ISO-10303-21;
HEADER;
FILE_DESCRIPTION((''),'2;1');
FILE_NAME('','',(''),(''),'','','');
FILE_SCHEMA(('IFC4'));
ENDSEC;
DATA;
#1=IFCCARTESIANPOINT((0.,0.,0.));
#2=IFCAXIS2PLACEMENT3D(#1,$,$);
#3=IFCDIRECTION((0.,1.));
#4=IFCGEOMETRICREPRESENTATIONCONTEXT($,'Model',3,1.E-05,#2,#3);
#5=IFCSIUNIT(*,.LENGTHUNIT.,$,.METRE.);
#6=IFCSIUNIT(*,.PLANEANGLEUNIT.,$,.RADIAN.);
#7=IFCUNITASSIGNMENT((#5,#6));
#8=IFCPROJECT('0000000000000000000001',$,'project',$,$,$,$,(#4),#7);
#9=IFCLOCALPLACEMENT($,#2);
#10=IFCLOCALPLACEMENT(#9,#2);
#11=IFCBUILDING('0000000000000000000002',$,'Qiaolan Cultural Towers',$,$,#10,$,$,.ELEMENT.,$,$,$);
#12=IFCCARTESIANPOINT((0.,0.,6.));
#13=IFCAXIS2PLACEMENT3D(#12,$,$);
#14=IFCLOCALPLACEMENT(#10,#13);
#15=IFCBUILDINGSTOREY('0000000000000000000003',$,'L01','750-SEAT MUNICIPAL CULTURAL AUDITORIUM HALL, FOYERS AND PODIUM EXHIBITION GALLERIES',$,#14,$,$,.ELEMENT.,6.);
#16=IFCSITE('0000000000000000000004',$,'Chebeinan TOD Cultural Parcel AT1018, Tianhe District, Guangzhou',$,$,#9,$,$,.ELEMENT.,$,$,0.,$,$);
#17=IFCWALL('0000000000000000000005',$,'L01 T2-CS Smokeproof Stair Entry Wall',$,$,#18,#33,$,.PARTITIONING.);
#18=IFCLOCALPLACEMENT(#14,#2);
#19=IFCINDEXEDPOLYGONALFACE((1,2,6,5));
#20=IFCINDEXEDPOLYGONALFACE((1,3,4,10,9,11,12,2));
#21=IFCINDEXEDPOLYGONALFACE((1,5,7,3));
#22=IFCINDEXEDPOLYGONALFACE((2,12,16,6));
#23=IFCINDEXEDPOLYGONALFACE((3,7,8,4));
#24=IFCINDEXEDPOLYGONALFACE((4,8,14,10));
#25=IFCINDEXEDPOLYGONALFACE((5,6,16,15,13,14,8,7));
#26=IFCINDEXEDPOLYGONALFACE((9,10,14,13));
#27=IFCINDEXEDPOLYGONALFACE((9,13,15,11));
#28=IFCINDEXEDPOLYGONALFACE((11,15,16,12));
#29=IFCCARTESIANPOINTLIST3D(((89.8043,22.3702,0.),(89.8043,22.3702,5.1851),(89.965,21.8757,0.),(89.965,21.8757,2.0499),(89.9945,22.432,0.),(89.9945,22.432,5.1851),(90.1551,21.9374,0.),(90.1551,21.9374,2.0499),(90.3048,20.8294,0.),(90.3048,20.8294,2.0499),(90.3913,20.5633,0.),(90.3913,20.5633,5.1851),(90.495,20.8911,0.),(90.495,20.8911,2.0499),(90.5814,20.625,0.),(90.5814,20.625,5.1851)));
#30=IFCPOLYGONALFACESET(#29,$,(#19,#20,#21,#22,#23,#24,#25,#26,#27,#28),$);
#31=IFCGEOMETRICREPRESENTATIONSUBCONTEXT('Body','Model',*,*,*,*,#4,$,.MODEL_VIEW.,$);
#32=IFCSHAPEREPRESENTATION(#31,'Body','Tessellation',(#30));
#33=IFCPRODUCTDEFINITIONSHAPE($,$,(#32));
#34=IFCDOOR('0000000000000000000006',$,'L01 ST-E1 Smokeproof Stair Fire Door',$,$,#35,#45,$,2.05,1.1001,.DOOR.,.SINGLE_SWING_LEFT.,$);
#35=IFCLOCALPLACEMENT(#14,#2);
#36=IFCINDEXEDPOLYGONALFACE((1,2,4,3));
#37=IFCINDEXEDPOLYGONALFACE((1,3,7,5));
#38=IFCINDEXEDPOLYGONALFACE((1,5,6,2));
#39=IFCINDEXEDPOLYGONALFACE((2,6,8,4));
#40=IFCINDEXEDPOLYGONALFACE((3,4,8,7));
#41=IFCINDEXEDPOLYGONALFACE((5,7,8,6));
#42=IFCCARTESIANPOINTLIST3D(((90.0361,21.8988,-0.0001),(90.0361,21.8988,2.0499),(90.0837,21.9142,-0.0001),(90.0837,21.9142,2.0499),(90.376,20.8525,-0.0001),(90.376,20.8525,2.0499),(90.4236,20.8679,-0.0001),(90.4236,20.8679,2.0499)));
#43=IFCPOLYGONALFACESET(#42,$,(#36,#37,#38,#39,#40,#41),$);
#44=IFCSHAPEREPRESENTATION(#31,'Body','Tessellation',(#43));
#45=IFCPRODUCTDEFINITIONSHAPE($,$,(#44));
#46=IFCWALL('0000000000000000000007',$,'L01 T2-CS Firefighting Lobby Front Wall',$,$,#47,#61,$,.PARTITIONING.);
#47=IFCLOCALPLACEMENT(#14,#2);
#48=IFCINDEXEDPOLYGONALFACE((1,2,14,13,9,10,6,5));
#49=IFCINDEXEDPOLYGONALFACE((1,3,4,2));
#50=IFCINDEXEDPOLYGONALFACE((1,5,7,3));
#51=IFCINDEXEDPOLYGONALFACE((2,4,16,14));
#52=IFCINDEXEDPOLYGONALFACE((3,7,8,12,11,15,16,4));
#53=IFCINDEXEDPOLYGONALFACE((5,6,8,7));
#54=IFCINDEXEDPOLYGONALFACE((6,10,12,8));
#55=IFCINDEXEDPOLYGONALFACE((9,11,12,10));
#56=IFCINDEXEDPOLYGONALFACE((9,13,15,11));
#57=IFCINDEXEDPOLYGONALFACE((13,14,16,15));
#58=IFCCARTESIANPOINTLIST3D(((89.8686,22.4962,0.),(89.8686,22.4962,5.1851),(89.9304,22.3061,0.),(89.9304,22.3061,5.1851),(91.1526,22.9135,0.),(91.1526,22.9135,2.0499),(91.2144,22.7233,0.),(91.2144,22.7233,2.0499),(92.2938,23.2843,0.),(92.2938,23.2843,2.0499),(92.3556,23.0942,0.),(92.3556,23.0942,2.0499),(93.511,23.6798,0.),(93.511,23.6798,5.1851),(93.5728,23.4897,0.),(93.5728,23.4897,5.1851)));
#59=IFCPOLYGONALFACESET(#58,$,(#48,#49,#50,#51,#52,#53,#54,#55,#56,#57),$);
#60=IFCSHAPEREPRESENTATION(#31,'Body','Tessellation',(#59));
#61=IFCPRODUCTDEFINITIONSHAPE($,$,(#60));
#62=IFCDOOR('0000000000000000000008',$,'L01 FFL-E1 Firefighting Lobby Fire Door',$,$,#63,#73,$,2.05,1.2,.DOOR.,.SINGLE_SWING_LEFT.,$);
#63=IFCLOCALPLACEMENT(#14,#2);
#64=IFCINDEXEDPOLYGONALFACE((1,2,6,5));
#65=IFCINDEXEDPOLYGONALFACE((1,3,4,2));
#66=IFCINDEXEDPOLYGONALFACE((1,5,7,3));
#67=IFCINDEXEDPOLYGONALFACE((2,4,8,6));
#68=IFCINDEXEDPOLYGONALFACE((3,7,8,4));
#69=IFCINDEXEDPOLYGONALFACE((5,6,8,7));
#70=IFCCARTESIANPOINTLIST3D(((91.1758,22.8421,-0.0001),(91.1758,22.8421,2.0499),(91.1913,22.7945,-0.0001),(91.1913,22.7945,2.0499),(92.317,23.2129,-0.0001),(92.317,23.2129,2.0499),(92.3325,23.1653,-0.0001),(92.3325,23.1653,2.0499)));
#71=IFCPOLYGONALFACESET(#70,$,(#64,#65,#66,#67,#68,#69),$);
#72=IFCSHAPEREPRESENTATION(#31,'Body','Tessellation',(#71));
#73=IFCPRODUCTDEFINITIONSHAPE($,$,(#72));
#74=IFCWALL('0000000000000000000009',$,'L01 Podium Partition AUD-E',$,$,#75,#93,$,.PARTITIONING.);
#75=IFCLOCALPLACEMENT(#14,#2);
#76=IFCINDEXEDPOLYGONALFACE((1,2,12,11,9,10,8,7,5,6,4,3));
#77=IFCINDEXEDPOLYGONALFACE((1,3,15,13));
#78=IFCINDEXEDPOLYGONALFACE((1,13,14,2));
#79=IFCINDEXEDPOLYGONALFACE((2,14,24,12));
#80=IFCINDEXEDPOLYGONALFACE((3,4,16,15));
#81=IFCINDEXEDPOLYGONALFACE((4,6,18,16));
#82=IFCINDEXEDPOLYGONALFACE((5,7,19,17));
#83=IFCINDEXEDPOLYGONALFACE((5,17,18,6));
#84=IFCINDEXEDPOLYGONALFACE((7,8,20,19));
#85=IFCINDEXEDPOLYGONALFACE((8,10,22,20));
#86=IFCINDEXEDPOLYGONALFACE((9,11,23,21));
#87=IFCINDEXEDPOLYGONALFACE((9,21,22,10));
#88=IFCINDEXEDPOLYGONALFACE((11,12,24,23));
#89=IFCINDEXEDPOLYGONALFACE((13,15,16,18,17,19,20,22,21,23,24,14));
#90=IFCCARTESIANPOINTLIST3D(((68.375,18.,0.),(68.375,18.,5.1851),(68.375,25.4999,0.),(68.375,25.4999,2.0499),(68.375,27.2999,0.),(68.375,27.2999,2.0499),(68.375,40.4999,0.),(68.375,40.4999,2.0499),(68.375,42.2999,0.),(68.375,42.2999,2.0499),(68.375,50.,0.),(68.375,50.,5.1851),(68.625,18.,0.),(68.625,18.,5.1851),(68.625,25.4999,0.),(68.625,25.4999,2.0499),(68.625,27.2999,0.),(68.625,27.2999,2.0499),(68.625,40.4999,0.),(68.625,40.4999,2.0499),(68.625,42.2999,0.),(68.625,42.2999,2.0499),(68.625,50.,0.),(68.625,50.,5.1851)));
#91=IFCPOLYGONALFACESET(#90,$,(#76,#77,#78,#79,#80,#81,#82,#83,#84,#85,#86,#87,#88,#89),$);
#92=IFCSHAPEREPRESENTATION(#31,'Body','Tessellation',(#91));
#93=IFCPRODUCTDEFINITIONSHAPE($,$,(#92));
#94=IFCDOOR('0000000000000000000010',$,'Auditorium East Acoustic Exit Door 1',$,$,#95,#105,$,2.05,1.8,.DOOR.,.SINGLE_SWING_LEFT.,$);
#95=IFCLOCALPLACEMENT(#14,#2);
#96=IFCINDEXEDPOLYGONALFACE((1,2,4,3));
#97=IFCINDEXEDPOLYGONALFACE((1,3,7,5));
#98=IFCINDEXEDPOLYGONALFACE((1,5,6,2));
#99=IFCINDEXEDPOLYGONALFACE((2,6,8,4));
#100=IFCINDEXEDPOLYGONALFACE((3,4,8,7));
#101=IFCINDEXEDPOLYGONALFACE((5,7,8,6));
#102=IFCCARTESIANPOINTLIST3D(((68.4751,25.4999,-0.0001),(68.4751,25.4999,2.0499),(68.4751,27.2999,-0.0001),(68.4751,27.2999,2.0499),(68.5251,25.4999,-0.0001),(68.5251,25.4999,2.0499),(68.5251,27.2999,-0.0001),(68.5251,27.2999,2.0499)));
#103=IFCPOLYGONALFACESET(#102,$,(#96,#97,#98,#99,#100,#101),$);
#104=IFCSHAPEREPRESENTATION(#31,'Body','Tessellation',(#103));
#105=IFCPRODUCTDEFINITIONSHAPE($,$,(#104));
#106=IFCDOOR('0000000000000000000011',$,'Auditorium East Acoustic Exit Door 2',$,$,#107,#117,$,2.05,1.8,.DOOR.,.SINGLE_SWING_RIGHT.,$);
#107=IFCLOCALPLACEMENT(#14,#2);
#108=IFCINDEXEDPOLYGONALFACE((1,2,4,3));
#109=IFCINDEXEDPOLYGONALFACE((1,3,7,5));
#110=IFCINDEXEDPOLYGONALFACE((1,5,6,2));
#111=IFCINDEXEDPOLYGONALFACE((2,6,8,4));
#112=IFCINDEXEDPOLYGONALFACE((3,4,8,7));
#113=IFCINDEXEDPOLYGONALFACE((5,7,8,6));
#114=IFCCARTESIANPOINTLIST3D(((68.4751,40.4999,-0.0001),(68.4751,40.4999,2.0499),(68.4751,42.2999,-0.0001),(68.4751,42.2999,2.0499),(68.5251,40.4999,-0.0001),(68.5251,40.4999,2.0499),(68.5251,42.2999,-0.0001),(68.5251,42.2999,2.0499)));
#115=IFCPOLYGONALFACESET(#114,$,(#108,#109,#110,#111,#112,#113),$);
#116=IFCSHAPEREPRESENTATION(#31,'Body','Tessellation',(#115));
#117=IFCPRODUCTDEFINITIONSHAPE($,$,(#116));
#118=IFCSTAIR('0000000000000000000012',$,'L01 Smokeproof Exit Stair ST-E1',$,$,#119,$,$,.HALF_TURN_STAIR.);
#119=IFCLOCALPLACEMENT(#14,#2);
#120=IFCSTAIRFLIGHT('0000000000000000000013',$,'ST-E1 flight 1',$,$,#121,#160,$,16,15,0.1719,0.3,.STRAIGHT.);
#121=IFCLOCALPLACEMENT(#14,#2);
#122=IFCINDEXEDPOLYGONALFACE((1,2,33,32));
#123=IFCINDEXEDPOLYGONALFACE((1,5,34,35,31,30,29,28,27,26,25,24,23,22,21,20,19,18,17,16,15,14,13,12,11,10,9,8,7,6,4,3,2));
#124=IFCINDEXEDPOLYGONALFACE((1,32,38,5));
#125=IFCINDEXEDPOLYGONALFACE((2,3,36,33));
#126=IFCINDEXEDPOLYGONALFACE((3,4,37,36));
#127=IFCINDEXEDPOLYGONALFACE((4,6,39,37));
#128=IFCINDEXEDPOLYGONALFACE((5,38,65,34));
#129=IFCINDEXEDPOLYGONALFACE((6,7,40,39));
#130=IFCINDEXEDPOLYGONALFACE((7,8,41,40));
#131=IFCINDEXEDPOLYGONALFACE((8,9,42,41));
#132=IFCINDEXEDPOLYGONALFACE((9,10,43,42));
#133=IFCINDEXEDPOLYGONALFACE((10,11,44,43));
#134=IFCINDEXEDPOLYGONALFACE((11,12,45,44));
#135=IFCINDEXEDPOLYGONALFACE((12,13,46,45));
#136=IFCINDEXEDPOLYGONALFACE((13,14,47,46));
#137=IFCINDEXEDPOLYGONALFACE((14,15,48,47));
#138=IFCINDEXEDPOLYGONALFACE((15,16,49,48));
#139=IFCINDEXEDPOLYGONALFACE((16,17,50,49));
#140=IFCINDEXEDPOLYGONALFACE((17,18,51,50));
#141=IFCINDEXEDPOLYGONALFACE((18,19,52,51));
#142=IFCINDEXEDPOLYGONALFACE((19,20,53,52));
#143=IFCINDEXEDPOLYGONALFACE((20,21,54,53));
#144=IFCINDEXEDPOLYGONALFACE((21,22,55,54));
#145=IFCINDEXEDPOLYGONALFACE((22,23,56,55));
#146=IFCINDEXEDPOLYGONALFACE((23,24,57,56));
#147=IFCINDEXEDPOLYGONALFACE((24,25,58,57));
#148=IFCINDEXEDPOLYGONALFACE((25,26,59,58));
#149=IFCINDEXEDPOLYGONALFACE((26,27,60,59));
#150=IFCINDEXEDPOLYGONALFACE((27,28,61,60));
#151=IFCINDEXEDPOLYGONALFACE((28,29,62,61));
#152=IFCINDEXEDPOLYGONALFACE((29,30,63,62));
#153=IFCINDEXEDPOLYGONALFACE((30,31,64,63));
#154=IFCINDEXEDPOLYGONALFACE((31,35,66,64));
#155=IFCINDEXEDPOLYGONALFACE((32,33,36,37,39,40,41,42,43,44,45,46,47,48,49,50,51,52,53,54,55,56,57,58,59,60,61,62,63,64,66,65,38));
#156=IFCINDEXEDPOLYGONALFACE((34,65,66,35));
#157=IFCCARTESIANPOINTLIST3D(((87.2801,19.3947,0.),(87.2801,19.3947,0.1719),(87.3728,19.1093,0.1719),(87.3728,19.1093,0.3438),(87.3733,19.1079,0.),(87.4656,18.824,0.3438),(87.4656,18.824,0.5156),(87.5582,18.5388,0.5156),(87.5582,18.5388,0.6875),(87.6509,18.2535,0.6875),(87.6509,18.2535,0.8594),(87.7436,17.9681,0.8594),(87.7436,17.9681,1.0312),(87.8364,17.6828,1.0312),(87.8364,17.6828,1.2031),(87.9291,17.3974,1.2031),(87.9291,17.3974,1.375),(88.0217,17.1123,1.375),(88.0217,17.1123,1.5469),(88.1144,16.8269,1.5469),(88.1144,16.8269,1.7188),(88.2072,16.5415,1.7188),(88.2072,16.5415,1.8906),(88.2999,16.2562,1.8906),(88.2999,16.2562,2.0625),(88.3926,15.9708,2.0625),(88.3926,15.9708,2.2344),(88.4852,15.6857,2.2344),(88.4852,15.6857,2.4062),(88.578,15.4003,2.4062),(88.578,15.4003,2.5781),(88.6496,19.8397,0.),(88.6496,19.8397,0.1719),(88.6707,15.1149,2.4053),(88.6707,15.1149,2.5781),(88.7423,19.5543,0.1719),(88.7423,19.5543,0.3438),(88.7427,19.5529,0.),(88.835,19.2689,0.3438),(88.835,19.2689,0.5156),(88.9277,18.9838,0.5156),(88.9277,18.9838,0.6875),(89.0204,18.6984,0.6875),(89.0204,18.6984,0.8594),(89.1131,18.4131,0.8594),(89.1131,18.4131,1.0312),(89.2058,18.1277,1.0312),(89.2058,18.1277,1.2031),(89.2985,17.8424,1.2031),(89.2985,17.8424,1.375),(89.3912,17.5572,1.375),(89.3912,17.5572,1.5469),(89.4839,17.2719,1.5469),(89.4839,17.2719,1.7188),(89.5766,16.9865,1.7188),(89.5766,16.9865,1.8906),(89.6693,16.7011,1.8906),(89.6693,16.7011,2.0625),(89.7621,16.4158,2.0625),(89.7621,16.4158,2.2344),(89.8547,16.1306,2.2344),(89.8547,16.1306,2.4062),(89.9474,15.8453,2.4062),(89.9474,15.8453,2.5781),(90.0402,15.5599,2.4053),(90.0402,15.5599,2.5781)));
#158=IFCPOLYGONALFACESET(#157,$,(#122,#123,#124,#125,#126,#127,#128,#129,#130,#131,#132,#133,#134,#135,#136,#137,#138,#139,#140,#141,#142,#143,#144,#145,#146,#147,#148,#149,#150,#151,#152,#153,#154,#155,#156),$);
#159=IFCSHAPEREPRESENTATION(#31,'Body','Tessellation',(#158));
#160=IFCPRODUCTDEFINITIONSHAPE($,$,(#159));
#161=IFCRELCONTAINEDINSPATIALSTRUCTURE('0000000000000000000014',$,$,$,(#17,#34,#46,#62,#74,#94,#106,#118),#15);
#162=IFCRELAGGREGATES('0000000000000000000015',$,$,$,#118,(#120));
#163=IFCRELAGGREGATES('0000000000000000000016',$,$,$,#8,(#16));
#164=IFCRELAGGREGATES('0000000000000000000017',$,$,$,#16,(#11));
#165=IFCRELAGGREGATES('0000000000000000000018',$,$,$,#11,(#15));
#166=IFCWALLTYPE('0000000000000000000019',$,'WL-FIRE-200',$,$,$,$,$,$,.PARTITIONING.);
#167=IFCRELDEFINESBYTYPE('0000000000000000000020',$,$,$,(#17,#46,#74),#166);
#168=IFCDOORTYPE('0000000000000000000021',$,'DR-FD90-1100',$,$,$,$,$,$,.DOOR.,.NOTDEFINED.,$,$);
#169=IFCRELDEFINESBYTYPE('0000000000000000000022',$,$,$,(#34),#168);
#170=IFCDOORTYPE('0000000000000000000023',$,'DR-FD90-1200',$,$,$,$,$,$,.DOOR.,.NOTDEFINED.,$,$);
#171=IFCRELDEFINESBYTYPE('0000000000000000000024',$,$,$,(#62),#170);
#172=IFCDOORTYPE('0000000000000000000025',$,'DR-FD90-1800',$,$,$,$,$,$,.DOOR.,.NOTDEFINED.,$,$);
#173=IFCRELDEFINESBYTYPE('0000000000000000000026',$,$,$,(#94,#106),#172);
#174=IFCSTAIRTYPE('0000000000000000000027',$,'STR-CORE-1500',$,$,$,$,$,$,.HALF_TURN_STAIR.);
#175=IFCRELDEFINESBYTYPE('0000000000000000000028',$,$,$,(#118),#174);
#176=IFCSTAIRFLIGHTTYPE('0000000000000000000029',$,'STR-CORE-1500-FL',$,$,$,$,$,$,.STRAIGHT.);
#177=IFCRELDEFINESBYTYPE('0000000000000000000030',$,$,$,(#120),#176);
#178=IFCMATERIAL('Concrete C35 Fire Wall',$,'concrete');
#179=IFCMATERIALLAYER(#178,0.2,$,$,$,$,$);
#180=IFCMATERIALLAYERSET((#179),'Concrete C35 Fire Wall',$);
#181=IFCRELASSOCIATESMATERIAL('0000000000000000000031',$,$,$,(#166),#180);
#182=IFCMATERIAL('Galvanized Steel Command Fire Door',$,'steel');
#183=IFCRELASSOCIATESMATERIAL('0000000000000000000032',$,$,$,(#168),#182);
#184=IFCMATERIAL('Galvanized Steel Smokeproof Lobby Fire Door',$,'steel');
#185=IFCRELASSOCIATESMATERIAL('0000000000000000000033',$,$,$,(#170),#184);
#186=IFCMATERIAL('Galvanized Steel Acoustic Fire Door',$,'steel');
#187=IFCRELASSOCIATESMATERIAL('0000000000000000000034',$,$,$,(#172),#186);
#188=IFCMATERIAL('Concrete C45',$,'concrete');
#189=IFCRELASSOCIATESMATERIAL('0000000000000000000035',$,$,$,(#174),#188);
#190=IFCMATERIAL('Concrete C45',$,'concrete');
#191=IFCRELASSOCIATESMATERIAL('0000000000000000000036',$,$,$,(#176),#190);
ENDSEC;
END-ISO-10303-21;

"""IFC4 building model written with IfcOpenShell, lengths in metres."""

from ifc_helpers import new_model, si_unit, direction, frame, frame_2d, origin, place, context, subcontext, project, spatial, polyline, rectangle, outline, extrude, material, layer, layer_set, type_object, element, fill, aggregate, save


model = new_model("IFC4")

# Units and contexts
model_context = context("Model", 3, precision=1e-05, world=origin(), true_north=direction((0.0, 1.0)))
body_context = subcontext(model_context, "Body", "Model", "MODEL_VIEW")
ifc_project = project(units=[si_unit("LENGTHUNIT", "METRE"), si_unit("PLANEANGLEUNIT", "RADIAN")], contexts=[model_context])

# Site, building, storey
site_placement = place(None, origin())
site = spatial("IfcSite", under=ifc_project, at=site_placement, Name="Chebeinan TOD Cultural Parcel AT1018, Tianhe District, Guangzhou", CompositionType="ELEMENT", RefElevation=0.0)
building_placement = place(site_placement, origin())
building = spatial("IfcBuilding", under=site, at=building_placement, Name="Qiaolan Cultural Towers", CompositionType="ELEMENT")
storey_placement = place(building_placement, frame((0.0, 0.0, 6.0)))
storey = spatial("IfcBuildingStorey", under=building, at=storey_placement, Name="L01", Description="750-SEAT MUNICIPAL CULTURAL AUDITORIUM HALL, FOYERS AND PODIUM EXHIBITION GALLERIES", CompositionType="ELEMENT", Elevation=6.0)

# Walls, openings, doors
ifc_material_1 = material(Name="Concrete C35 Fire Wall", Category="concrete")
ifc_layer_1 = layer(ifc_material_1, 0.2)
ifc_layer_set_1 = layer_set([ifc_layer_1], Name="Concrete C35 Fire Wall")
wall_type_1 = type_object("IfcWallType", Name="WL-FIRE-200", PredefinedType="PARTITIONING", material=ifc_layer_set_1)
wall_1_placement = place(storey_placement, frame((89.8994, 22.4011, 0.0), z_axis=(0.0, 0.0, 1.0), x_axis=(0.308932, -0.951084, 0.0)))
wall_1 = element("IfcWall", 1, at=wall_1_placement, inside=storey, type_object=wall_type_1, Name="L01 T2-CS Smokeproof Stair Entry Wall", PredefinedType="PARTITIONING", context=body_context, shape_type="SweptSolid", body=[
    extrude(rectangle(XDim=1.8999, YDim=0.2, at=frame_2d((0.95, 0.0))), origin(), (0.0, 0.0, 1.0), 5.1851),
])
opening_1_placement = place(wall_1_placement, frame((0.52, 0.0, 0.0)))
opening_1 = element("IfcOpeningElement", 2, at=opening_1_placement, cuts=wall_1, PredefinedType="OPENING", context=body_context, shape_type="SweptSolid", body=[
    extrude(rectangle(XDim=1.1001, YDim=2.05, at=frame_2d((0.55, 1.0249))), frame((0.0, 0.1099, 0.0), z_axis=(0.0, -1.0, 0.0), x_axis=(1.0, 0.0, 0.0)), (0.0, 0.0, 1.0), 0.22),
])
ifc_material_2 = material(Name="Galvanized Steel Command Fire Door", Category="steel")
door_type_1 = type_object("IfcDoorType", Name="DR-FD90-1100", OperationType="NOTDEFINED", PredefinedType="DOOR", material=ifc_material_2)
door_1_placement = place(opening_1_placement, origin())
door_1 = element("IfcDoor", 3, at=door_1_placement, inside=storey, type_object=door_type_1, Name="L01 ST-E1 Smokeproof Stair Fire Door", OperationType="SINGLE_SWING_LEFT", OverallHeight=2.05, OverallWidth=1.1001, PredefinedType="DOOR", context=body_context, shape_type="SweptSolid", body=[
    extrude(rectangle(XDim=1.1001, YDim=2.05, at=frame_2d((0.55, 1.0249))), frame((0.0, 0.0249, 0.0), z_axis=(0.0, -1.0, 0.0), x_axis=(1.0, 0.0, 0.0)), (0.0, 0.0, 1.0), 0.05),
])
fill(opening_1, door_1)
wall_2_placement = place(storey_placement, frame((89.8994, 22.4011, 0.0), z_axis=(0.0, 0.0, 1.0), x_axis=(0.951047, 0.309047, 0.0)))
wall_2 = element("IfcWall", 4, at=wall_2_placement, inside=storey, type_object=wall_type_1, Name="L01 T2-CS Firefighting Lobby Front Wall", PredefinedType="PARTITIONING", context=body_context, shape_type="SweptSolid", body=[
    extrude(rectangle(XDim=3.8298, YDim=0.2, at=frame_2d((1.915, 0.0))), origin(), (0.0, 0.0, 1.0), 5.1851),
])
opening_2_placement = place(wall_2_placement, frame((1.3501, 0.0, 0.0)))
opening_2 = element("IfcOpeningElement", 5, at=opening_2_placement, cuts=wall_2, PredefinedType="OPENING", context=body_context, shape_type="SweptSolid", body=[
    extrude(rectangle(XDim=1.2, YDim=2.05, at=frame_2d((0.6001, 1.0249))), frame((0.0, 0.1099, 0.0), z_axis=(0.0, -1.0, 0.0), x_axis=(1.0, 0.0, 0.0)), (0.0, 0.0, 1.0), 0.22),
])
ifc_material_3 = material(Name="Galvanized Steel Smokeproof Lobby Fire Door", Category="steel")
door_type_2 = type_object("IfcDoorType", Name="DR-FD90-1200", OperationType="NOTDEFINED", PredefinedType="DOOR", material=ifc_material_3)
door_2_placement = place(opening_2_placement, origin())
door_2 = element("IfcDoor", 6, at=door_2_placement, inside=storey, type_object=door_type_2, Name="L01 FFL-E1 Firefighting Lobby Fire Door", OperationType="SINGLE_SWING_LEFT", OverallHeight=2.05, OverallWidth=1.2, PredefinedType="DOOR", context=body_context, shape_type="SweptSolid", body=[
    extrude(rectangle(XDim=1.2, YDim=2.05, at=frame_2d((0.6001, 1.0249))), frame((0.0, 0.0249, 0.0), z_axis=(0.0, -1.0, 0.0), x_axis=(1.0, 0.0, 0.0)), (0.0, 0.0, 1.0), 0.05),
])
fill(opening_2, door_2)

# Wall, openings, doors
wall_3_placement = place(storey_placement, frame((68.5, 18.0, 0.0), z_axis=(0.0, 0.0, 1.0), x_axis=(0.0, 1.0, 0.0)))
wall_3 = element("IfcWall", 7, at=wall_3_placement, inside=storey, type_object=wall_type_1, Name="L01 Podium Partition AUD-E", PredefinedType="PARTITIONING", context=body_context, shape_type="SweptSolid", body=[
    extrude(rectangle(XDim=32.0, YDim=0.25, at=frame_2d((16.0, 0.0))), origin(), (0.0, 0.0, 1.0), 5.1851),
])
opening_3_placement = place(wall_3_placement, frame((7.5, 0.0, 0.0)))
opening_3 = element("IfcOpeningElement", 8, at=opening_3_placement, cuts=wall_3, PredefinedType="OPENING", context=body_context, shape_type="SweptSolid", body=[
    extrude(rectangle(XDim=1.8, YDim=2.05, at=frame_2d((0.8999, 1.0249))), frame((0.0, 0.135, 0.0), z_axis=(0.0, -1.0, 0.0), x_axis=(1.0, 0.0, 0.0)), (0.0, 0.0, 1.0), 0.27),
])
opening_4_placement = place(wall_3_placement, frame((22.5, 0.0, 0.0)))
opening_4 = element("IfcOpeningElement", 9, at=opening_4_placement, cuts=wall_3, PredefinedType="OPENING", context=body_context, shape_type="SweptSolid", body=[
    extrude(rectangle(XDim=1.8, YDim=2.05, at=frame_2d((0.8999, 1.0249))), frame((0.0, 0.135, 0.0), z_axis=(0.0, -1.0, 0.0), x_axis=(1.0, 0.0, 0.0)), (0.0, 0.0, 1.0), 0.27),
])
ifc_material_4 = material(Name="Galvanized Steel Acoustic Fire Door", Category="steel")
door_type_3 = type_object("IfcDoorType", Name="DR-FD90-1800", OperationType="NOTDEFINED", PredefinedType="DOOR", material=ifc_material_4)
door_3_placement = place(opening_3_placement, origin())
door_3 = element("IfcDoor", 10, at=door_3_placement, inside=storey, type_object=door_type_3, Name="Auditorium East Acoustic Exit Door 1", OperationType="SINGLE_SWING_LEFT", OverallHeight=2.05, OverallWidth=1.8, PredefinedType="DOOR", context=body_context, shape_type="SweptSolid", body=[
    extrude(rectangle(XDim=1.8, YDim=2.05, at=frame_2d((0.8999, 1.0249))), frame((0.0, 0.0249, 0.0), z_axis=(0.0, -1.0, 0.0), x_axis=(1.0, 0.0, 0.0)), (0.0, 0.0, 1.0), 0.05),
])
fill(opening_3, door_3)
door_4_placement = place(opening_4_placement, origin())
door_4 = element("IfcDoor", 11, at=door_4_placement, inside=storey, type_object=door_type_3, Name="Auditorium East Acoustic Exit Door 2", OperationType="SINGLE_SWING_RIGHT", OverallHeight=2.05, OverallWidth=1.8, PredefinedType="DOOR", context=body_context, shape_type="SweptSolid", body=[
    extrude(rectangle(XDim=1.8, YDim=2.05, at=frame_2d((0.8999, 1.0249))), frame((0.0, 0.0249, 0.0), z_axis=(0.0, -1.0, 0.0), x_axis=(1.0, 0.0, 0.0)), (0.0, 0.0, 1.0), 0.05),
])
fill(opening_4, door_4)

# Stair, stair flight
ifc_material_5 = material(Name="Concrete C45", Category="concrete")
stair_type = type_object("IfcStairType", Name="STR-CORE-1500", PredefinedType="HALF_TURN_STAIR", material=ifc_material_5)
stair_placement = place(storey_placement, origin())
stair = element("IfcStair", 12, at=stair_placement, inside=storey, type_object=stair_type, Name="L01 Smokeproof Exit Stair ST-E1", PredefinedType="HALF_TURN_STAIR")
ifc_material_6 = material(Name="Concrete C45", Category="concrete")
stair_flight_type = type_object("IfcStairFlightType", Name="STR-CORE-1500-FL", PredefinedType="STRAIGHT", material=ifc_material_6)
stair_flight_placement = place(storey_placement, frame((87.9648, 19.6172, 0.0), z_axis=(0.0, 0.0, 1.0), x_axis=(0.309017, -0.951057, 0.0)))
stair_flight = element("IfcStairFlight", 13, at=stair_flight_placement, type_object=stair_flight_type, Name="ST-E1 flight 1", NumberOfRisers=16, NumberOfTreads=15, PredefinedType="STRAIGHT", RiserHeight=0.1719, TreadLength=0.3, context=body_context, shape_type="SweptSolid", body=[
    extrude(outline(polyline([(0.0, 0.0), (0.0, 0.1719), (0.3, 0.1719), (0.3, 0.3438), (0.6001, 0.3438), (0.6001, 0.5156), (0.8999, 0.5156), (0.8999, 0.6875), (1.2, 0.6875), (1.2, 0.8594), (1.5, 0.8594), (1.5, 1.0312), (1.8, 1.0312), (1.8, 1.2031), (2.1001, 1.2031), (2.1001, 1.375), (2.3999, 1.375), (2.3999, 1.5469), (2.7, 1.5469), (2.7, 1.7188), (3.0, 1.7188), (3.0, 1.8906), (3.3, 1.8906), (3.3, 2.0625), (3.6001, 2.0625), (3.6001, 2.2344), (3.8999, 2.2344), (3.8999, 2.4062), (4.2, 2.4062), (4.2, 2.5781), (4.5, 2.5781), (4.5, 2.75), (4.5, 2.4053), (0.3015, 0.0), (0.0, 0.0)])), frame((0.0, 0.72, 0.0), z_axis=(0.0, -1.0, 0.0), x_axis=(1.0, 0.0, 0.0)), (0.0, 0.0, 1.0), 1.4399),
])
aggregate(stair, [stair_flight])

save(model, "model.ifc")
